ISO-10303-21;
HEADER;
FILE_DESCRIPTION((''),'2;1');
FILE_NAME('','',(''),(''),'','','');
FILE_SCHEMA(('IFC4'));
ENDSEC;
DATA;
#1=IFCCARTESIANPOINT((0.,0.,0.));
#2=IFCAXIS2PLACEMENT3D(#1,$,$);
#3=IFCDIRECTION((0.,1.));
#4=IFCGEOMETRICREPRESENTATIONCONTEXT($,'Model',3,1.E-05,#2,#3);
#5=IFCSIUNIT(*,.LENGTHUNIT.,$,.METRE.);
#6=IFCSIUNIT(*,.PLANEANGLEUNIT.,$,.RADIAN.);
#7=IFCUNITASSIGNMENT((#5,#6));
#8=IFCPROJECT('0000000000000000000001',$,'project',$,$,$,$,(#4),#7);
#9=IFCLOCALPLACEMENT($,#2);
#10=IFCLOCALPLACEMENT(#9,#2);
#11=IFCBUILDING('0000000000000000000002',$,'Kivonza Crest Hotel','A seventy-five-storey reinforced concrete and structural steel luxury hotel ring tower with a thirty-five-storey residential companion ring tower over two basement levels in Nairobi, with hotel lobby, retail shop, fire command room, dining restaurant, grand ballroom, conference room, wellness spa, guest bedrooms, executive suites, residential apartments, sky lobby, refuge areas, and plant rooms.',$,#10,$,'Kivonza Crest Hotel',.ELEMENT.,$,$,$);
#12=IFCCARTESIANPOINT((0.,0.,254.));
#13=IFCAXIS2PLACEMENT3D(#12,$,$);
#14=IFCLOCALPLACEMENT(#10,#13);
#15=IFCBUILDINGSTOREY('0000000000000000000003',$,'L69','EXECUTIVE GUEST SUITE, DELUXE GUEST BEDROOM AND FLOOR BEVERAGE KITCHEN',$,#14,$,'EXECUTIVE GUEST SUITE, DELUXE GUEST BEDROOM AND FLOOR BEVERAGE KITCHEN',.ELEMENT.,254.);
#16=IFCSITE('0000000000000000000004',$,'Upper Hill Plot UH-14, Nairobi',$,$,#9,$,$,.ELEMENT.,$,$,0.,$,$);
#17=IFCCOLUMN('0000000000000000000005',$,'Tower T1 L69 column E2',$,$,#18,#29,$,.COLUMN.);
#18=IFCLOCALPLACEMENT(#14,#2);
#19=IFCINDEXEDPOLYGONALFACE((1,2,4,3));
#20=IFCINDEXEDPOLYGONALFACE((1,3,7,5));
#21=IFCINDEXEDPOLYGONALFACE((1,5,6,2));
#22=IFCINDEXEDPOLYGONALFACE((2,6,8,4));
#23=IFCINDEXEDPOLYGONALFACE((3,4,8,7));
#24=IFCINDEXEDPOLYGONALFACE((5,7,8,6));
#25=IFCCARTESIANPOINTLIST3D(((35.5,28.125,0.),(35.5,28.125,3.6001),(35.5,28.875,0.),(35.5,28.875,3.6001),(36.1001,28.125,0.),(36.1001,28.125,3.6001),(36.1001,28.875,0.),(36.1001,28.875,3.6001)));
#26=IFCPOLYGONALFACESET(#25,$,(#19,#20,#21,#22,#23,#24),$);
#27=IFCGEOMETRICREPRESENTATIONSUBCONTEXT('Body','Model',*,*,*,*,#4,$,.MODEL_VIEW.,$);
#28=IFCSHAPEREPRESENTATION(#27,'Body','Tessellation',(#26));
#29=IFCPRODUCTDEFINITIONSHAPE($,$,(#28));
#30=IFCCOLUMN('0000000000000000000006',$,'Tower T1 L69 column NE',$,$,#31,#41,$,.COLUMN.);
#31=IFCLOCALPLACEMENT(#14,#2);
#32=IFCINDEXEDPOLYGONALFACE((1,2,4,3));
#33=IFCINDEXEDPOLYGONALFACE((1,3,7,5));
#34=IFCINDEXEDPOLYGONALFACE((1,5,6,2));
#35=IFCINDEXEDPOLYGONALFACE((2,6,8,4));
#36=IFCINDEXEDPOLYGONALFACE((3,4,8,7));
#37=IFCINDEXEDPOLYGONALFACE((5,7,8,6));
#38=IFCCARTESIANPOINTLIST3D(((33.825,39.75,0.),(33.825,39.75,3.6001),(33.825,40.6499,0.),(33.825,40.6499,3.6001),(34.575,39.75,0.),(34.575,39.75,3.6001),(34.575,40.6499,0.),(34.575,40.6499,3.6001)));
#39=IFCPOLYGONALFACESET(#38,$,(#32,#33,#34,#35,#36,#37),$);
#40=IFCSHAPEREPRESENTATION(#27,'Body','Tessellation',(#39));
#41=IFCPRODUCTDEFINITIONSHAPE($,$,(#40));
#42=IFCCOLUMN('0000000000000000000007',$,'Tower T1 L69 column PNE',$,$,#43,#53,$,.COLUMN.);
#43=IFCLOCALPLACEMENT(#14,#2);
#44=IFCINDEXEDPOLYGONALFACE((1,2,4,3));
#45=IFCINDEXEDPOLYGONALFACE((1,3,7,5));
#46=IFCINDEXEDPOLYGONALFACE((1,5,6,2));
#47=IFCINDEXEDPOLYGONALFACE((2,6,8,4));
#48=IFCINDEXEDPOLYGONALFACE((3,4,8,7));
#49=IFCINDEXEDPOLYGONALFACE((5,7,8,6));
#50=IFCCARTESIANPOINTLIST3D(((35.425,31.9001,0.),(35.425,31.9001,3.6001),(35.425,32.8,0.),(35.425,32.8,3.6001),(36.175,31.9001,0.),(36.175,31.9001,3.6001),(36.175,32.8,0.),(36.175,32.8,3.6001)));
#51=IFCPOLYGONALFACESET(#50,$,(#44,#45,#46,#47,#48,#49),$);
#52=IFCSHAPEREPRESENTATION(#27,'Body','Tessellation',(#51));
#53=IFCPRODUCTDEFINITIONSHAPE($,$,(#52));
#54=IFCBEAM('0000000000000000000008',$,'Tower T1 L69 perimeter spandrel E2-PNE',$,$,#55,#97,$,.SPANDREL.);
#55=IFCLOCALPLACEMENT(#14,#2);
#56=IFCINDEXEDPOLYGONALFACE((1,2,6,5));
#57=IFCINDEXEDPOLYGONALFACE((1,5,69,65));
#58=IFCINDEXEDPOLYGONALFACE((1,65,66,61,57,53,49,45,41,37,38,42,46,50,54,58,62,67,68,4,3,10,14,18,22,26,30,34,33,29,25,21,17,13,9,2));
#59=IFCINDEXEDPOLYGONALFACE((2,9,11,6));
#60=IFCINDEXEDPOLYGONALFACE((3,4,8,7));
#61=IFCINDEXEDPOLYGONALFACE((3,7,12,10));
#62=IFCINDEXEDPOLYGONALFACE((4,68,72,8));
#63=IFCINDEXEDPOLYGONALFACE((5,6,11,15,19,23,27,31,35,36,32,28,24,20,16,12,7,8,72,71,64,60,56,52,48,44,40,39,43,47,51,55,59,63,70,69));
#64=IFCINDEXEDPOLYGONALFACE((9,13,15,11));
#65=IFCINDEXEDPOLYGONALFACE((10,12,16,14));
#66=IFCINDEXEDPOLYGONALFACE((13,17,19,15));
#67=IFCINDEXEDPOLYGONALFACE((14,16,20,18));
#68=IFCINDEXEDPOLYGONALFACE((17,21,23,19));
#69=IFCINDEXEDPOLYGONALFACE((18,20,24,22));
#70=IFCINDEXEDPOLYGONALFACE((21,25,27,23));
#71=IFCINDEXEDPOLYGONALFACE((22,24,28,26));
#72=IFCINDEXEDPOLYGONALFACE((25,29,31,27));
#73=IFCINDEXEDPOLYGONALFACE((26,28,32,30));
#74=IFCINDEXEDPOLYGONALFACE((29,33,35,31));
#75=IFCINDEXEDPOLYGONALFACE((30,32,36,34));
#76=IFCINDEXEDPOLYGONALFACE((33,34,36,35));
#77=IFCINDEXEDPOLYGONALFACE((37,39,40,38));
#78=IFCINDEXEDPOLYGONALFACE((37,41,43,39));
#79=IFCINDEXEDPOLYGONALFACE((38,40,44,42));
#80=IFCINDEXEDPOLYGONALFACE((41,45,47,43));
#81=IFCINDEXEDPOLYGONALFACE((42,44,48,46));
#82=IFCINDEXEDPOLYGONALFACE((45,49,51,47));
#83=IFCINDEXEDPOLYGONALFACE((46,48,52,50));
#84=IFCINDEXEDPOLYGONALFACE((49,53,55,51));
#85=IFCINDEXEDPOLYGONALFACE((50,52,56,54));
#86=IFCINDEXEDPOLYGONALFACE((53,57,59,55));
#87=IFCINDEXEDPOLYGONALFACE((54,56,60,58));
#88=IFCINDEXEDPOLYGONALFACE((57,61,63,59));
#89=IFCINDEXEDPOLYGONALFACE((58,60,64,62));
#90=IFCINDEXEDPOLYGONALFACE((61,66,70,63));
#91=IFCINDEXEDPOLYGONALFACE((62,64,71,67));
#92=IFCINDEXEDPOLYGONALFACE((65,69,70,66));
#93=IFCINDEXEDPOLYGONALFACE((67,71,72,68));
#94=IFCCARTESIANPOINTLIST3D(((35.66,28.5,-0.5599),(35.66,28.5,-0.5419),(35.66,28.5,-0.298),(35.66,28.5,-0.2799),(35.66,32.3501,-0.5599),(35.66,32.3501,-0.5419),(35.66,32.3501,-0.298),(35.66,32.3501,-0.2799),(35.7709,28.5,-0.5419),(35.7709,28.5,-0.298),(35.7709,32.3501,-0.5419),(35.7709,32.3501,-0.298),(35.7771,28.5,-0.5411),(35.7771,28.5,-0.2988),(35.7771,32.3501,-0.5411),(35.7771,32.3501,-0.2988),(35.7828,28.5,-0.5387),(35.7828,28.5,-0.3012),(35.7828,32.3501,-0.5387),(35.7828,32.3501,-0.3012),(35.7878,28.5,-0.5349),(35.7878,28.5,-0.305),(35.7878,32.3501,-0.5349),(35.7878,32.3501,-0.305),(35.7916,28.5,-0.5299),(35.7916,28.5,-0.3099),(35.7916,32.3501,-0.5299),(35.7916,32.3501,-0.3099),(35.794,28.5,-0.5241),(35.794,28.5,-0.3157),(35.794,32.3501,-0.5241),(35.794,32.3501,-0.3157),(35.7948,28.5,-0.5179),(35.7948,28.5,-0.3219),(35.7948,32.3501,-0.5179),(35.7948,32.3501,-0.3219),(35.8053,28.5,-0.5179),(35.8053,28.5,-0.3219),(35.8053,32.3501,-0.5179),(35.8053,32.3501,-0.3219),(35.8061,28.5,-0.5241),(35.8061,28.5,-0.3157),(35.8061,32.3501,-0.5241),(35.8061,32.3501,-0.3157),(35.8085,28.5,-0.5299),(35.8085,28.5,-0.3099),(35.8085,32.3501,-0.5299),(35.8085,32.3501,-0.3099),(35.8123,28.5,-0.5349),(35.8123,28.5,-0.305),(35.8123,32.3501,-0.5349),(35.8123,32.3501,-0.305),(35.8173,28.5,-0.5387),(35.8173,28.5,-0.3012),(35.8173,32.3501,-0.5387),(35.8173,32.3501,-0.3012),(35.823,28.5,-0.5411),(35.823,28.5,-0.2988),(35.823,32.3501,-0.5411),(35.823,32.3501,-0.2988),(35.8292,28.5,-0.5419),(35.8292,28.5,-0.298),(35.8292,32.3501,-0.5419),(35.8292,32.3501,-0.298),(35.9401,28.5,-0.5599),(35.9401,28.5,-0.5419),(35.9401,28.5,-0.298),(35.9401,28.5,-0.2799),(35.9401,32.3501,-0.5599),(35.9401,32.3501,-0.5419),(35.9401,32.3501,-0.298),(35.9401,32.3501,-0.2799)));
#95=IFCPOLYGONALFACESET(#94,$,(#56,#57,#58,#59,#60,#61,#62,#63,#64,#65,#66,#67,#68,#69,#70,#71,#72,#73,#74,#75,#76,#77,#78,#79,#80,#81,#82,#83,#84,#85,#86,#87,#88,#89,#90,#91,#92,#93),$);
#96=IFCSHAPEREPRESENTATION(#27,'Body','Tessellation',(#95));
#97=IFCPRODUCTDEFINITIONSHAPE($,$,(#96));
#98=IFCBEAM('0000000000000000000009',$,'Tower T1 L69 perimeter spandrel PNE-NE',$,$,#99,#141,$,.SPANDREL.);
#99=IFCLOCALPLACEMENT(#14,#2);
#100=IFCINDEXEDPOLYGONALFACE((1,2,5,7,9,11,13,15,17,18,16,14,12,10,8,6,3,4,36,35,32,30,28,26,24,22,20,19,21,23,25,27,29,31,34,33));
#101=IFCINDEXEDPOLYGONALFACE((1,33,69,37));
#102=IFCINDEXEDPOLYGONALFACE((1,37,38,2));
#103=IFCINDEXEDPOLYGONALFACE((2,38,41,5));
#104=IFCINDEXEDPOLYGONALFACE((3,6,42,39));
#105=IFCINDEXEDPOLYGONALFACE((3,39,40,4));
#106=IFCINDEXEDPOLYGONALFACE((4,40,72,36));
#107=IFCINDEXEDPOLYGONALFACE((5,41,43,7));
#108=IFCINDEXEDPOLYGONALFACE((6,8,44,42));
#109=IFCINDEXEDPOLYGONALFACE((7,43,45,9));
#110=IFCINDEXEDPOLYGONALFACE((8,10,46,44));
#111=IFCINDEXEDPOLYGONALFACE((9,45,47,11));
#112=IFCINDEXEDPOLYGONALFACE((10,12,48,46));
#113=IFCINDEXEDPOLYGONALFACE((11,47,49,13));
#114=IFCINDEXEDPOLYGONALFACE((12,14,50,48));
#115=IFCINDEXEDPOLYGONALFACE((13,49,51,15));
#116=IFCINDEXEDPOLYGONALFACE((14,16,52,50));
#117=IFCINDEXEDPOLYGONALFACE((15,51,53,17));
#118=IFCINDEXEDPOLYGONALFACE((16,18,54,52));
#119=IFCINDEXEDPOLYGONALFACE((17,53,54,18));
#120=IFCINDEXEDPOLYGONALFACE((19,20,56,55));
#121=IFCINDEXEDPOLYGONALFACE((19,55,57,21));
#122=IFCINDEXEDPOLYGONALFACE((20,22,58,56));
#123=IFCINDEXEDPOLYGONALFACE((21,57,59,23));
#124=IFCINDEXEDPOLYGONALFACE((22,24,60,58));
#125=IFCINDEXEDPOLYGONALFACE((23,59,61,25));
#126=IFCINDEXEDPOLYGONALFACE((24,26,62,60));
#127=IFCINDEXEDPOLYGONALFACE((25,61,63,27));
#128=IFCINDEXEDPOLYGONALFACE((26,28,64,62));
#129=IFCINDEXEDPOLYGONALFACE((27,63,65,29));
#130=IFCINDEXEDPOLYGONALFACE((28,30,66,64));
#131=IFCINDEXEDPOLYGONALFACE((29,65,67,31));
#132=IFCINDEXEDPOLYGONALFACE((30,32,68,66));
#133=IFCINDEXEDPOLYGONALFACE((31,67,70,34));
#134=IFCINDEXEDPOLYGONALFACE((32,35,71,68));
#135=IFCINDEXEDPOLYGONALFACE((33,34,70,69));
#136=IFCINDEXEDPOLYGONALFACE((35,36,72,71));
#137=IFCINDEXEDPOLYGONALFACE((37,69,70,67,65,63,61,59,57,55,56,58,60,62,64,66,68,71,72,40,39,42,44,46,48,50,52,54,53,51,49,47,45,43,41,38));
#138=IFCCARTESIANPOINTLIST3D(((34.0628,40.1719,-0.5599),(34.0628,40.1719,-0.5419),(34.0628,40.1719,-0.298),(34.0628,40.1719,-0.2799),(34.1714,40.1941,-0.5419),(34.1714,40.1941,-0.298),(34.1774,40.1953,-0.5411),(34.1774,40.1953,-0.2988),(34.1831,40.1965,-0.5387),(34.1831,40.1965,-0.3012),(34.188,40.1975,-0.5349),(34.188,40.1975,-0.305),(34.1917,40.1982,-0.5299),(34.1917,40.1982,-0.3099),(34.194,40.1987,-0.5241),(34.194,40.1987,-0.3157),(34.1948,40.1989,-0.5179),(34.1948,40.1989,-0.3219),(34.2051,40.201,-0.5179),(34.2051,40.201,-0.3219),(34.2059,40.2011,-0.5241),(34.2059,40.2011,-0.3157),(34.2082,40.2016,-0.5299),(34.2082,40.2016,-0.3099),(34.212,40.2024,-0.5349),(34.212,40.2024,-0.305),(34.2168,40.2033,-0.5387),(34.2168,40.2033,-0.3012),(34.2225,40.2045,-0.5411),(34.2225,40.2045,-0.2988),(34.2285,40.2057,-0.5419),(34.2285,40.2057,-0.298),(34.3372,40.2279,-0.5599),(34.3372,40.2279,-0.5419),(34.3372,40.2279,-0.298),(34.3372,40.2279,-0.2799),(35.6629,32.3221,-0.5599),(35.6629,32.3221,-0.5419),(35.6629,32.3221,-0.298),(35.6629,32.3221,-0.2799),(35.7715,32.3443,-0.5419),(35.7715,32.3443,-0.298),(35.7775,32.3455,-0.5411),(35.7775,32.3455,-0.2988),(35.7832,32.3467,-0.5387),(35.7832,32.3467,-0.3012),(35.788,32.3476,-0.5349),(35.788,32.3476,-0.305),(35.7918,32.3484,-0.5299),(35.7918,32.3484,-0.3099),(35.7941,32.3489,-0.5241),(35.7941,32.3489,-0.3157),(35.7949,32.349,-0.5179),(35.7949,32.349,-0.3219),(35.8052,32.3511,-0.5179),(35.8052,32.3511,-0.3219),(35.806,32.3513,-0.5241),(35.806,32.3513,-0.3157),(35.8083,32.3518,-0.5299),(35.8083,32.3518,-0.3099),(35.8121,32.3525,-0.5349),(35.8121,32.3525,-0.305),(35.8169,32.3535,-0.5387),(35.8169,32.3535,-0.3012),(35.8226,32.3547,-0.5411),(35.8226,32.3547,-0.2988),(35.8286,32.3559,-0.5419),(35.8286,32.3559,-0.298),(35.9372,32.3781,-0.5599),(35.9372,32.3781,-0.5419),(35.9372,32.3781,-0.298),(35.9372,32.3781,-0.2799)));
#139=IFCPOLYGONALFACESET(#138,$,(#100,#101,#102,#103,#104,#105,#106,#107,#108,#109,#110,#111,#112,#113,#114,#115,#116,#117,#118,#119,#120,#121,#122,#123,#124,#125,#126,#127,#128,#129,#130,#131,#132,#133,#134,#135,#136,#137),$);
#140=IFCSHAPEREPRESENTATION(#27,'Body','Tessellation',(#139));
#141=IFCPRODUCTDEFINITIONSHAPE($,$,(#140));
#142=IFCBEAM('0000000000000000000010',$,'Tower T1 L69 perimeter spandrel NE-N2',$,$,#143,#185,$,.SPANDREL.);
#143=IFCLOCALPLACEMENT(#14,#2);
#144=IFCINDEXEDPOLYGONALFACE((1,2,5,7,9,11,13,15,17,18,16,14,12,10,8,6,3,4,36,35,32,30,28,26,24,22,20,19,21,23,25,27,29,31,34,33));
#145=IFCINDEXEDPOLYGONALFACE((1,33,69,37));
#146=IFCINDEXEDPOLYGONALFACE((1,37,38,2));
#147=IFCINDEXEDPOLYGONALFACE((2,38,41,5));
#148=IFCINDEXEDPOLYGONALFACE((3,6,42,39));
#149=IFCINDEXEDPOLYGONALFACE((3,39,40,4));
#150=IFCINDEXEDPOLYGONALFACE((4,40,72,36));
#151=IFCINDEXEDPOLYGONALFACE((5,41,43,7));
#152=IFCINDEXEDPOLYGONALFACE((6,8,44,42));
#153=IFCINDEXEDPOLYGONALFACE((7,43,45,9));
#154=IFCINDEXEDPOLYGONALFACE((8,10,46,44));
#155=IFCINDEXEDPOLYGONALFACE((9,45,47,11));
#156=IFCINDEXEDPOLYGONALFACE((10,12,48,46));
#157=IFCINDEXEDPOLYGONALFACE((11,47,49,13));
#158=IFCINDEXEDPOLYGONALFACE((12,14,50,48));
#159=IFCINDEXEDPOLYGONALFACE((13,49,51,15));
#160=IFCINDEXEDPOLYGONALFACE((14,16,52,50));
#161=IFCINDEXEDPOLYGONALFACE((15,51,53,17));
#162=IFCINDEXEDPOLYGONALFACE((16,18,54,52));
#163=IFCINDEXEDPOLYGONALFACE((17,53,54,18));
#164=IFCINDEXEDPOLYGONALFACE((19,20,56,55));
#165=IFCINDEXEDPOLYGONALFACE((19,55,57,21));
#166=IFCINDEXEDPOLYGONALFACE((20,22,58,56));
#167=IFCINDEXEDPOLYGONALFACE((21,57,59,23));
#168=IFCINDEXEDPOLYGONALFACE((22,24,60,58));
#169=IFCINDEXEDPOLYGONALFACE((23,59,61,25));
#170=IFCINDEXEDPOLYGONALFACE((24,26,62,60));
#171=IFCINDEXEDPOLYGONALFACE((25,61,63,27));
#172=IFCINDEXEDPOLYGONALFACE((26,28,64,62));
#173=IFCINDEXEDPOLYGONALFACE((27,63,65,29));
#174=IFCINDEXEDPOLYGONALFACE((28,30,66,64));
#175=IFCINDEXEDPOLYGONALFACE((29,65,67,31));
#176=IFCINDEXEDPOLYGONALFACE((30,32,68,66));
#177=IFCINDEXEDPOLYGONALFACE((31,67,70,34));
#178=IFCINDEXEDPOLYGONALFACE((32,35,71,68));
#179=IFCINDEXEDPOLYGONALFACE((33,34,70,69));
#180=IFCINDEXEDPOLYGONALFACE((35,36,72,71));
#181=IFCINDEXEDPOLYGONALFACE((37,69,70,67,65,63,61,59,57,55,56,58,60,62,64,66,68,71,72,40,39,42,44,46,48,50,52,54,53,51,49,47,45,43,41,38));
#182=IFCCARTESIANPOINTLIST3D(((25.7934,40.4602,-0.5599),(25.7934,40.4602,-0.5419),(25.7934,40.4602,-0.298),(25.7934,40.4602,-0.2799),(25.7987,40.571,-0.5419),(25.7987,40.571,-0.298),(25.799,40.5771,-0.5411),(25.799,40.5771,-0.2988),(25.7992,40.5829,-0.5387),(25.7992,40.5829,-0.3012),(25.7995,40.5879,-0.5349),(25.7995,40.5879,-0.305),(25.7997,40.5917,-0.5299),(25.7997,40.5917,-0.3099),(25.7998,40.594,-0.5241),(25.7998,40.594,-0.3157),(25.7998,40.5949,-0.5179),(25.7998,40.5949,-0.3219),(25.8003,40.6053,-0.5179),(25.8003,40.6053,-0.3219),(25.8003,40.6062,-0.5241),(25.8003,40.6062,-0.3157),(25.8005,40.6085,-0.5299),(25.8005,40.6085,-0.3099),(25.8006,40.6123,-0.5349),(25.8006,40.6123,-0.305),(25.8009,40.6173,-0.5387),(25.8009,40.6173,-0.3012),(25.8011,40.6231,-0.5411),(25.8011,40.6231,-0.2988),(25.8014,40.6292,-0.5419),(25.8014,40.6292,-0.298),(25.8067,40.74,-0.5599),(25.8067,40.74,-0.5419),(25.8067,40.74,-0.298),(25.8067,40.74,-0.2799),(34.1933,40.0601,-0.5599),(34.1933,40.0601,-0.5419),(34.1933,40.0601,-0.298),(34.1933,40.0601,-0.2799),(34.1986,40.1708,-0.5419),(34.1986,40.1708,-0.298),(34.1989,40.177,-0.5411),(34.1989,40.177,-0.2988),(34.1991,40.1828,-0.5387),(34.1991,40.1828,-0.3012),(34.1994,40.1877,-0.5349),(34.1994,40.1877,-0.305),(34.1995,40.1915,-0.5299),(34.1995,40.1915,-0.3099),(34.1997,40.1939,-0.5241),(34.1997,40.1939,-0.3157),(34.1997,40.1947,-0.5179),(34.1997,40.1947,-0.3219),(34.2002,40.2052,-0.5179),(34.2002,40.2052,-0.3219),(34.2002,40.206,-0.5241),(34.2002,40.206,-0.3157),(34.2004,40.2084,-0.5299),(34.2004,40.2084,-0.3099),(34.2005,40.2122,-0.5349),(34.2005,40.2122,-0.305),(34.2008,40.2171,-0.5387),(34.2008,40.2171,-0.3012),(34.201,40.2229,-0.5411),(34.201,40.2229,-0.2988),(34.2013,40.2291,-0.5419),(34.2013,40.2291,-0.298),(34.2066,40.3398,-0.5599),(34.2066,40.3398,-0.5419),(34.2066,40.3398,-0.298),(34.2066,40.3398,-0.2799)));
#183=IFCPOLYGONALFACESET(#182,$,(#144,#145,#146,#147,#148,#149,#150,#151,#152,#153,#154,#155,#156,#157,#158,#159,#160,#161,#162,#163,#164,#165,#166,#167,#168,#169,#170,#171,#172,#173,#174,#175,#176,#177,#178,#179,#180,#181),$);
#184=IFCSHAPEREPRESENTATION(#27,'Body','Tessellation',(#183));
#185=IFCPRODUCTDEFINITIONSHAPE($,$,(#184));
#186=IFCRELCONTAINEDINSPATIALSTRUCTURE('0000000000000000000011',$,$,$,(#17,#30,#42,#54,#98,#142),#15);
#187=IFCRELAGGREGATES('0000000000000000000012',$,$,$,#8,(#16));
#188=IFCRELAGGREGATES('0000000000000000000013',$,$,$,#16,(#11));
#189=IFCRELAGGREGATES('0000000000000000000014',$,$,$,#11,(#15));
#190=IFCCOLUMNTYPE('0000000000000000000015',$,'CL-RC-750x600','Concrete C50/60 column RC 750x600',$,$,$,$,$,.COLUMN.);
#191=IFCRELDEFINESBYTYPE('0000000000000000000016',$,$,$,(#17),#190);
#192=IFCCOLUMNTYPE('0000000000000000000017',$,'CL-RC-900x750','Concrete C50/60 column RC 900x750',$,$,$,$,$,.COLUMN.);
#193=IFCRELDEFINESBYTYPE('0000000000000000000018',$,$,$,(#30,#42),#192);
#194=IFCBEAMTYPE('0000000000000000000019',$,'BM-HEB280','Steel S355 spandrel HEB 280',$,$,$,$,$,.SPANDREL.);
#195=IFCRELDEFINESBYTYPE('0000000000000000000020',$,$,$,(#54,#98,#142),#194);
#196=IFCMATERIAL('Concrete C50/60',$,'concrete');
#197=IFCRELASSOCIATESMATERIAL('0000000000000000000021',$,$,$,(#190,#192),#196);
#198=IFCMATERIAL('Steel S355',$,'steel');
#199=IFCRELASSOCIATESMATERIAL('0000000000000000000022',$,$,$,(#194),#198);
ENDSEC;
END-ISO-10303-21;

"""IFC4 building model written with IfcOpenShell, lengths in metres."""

from ifc_helpers import new_model, si_unit, direction, frame, origin, origin_2d, place, context, subcontext, project, spatial, rectangle, i_section, extrude, material, material_profile, profile_set, type_object, element, save


model = new_model("IFC4")

# Units and contexts
model_context = context("Model", 3, precision=1e-05, world=origin(), true_north=direction((0.0, 1.0)))
body_context = subcontext(model_context, "Body", "Model", "MODEL_VIEW")
ifc_project = project(units=[si_unit("LENGTHUNIT", "METRE"), si_unit("PLANEANGLEUNIT", "RADIAN")], contexts=[model_context])

# Site, building, storey
site_placement = place(None, origin())
site = spatial("IfcSite", under=ifc_project, at=site_placement, Name="Upper Hill Plot UH-14, Nairobi", CompositionType="ELEMENT", RefElevation=0.0)
building_placement = place(site_placement, origin())
building = spatial("IfcBuilding", under=site, at=building_placement, Name="Kivonza Crest Hotel", Description="A seventy-five-storey reinforced concrete and structural steel luxury hotel ring tower with a thirty-five-storey residential companion ring tower over two basement levels in Nairobi, with hotel lobby, retail shop, fire command room, dining restaurant, grand ballroom, conference room, wellness spa, guest bedrooms, executive suites, residential apartments, sky lobby, refuge areas, and plant rooms.", LongName="Kivonza Crest Hotel", CompositionType="ELEMENT")
storey_placement = place(building_placement, frame((0.0, 0.0, 254.0)))
storey = spatial("IfcBuildingStorey", under=building, at=storey_placement, Name="L69", Description="EXECUTIVE GUEST SUITE, DELUXE GUEST BEDROOM AND FLOOR BEVERAGE KITCHEN", LongName="EXECUTIVE GUEST SUITE, DELUXE GUEST BEDROOM AND FLOOR BEVERAGE KITCHEN", CompositionType="ELEMENT", Elevation=254.0)

# Columns
ifc_material_1 = material(Name="Concrete C50/60", Category="concrete")
ifc_material_profile_1 = material_profile(ifc_material_1, rectangle(XDim=0.6001, YDim=0.75, at=origin_2d()), Name="RC 750x600")
ifc_profile_set_1 = profile_set([ifc_material_profile_1], Name="Concrete C50/60")
column_type_1 = type_object("IfcColumnType", Name="CL-RC-750x600", Description="Concrete C50/60 column RC 750x600", PredefinedType="COLUMN", material=ifc_profile_set_1)
column_placement = place(storey_placement, frame((35.8, 28.5, 0.0), z_axis=(0.0, 0.0, 1.0), x_axis=(1.0, 0.0, 0.0)))
element("IfcColumn", 1, at=column_placement, inside=storey, type_object=column_type_1, Name="Tower T1 L69 column E2", PredefinedType="COLUMN", context=body_context, shape_type="SweptSolid", body=[
    extrude(rectangle(XDim=0.6001, YDim=0.75, at=origin_2d()), origin(), (0.0, 0.0, 1.0), 3.6001),
])
ifc_material_profile_2 = material_profile(ifc_material_1, rectangle(XDim=0.75, YDim=0.8999, at=origin_2d()), Name="RC 900x750")
ifc_profile_set_2 = profile_set([ifc_material_profile_2], Name="Concrete C50/60")
column_type_2 = type_object("IfcColumnType", Name="CL-RC-900x750", Description="Concrete C50/60 column RC 900x750", PredefinedType="COLUMN", material=ifc_profile_set_2)
for number, where, z_axis, x_axis, name in (
    (2, (34.2, 40.2, 0.0), (0.0, 0.0, 1.0), (1.0, 0.0, 0.0), "Tower T1 L69 column NE"),
    (3, (35.8, 32.3501, 0.0), (0.0, 0.0, 1.0), (1.0, 0.0, 0.0), "Tower T1 L69 column PNE"),
):
    element("IfcColumn", number, at=place(storey_placement, frame(where, z_axis=z_axis, x_axis=x_axis)), inside=storey, type_object=column_type_2, Name=name, PredefinedType="COLUMN", context=body_context, shape_type="SweptSolid", body=[
        extrude(rectangle(XDim=0.75, YDim=0.8999, at=origin_2d()), origin(), (0.0, 0.0, 1.0), 3.6001),
    ])

# Beams
ifc_material_2 = material(Name="Steel S355", Category="steel")
ifc_material_profile_3 = material_profile(ifc_material_2, i_section(OverallWidth=0.28, OverallDepth=0.28, WebThickness=0.0105, FlangeThickness=0.0181, FilletRadius=0.0239, at=origin_2d()), Name="HEB 280")
ifc_profile_set_3 = profile_set([ifc_material_profile_3], Name="Steel S355")
beam_type_1 = type_object("IfcBeamType", Name="BM-HEB280", Description="Steel S355 spandrel HEB 280", PredefinedType="SPANDREL", material=ifc_profile_set_3)
beam_1_placement = place(storey_placement, frame((35.8, 28.5, -0.4199), z_axis=(0.0, 1.0, 0.0), x_axis=(-1.0, 0.0, 0.0)))
element("IfcBeam", 4, at=beam_1_placement, inside=storey, type_object=beam_type_1, Name="Tower T1 L69 perimeter spandrel E2-PNE", PredefinedType="SPANDREL", context=body_context, shape_type="SweptSolid", body=[
    extrude(i_section(OverallWidth=0.28, OverallDepth=0.28, WebThickness=0.0105, FlangeThickness=0.0181, FilletRadius=0.0239, at=origin_2d()), origin(), (0.0, 0.0, 1.0), 3.8501),
])
beam_2_placement = place(storey_placement, frame((35.8, 32.3501, -0.4199), z_axis=(-0.199731, 0.979851, 0.0), x_axis=(-0.979851, -0.199731, 0.0)))
element("IfcBeam", 5, at=beam_2_placement, inside=storey, type_object=beam_type_1, Name="Tower T1 L69 perimeter spandrel PNE-NE", PredefinedType="SPANDREL", context=body_context, shape_type="SweptSolid", body=[
    extrude(i_section(OverallWidth=0.28, OverallDepth=0.28, WebThickness=0.0105, FlangeThickness=0.0181, FilletRadius=0.0239, at=origin_2d()), origin(), (0.0, 0.0, 1.0), 8.0112),
])
beam_3_placement = place(storey_placement, frame((34.2, 40.2, -0.4199), z_axis=(-0.998867, 0.047583, 0.0), x_axis=(-0.047583, -0.998867, 0.0)))
element("IfcBeam", 6, at=beam_3_placement, inside=storey, type_object=beam_type_1, Name="Tower T1 L69 perimeter spandrel NE-N2", PredefinedType="SPANDREL", context=body_context, shape_type="SweptSolid", body=[
    extrude(i_section(OverallWidth=0.28, OverallDepth=0.28, WebThickness=0.0105, FlangeThickness=0.0181, FilletRadius=0.0239, at=origin_2d()), origin(), (0.0, 0.0, 1.0), 8.4094),
])

save(model, "model.ifc")
